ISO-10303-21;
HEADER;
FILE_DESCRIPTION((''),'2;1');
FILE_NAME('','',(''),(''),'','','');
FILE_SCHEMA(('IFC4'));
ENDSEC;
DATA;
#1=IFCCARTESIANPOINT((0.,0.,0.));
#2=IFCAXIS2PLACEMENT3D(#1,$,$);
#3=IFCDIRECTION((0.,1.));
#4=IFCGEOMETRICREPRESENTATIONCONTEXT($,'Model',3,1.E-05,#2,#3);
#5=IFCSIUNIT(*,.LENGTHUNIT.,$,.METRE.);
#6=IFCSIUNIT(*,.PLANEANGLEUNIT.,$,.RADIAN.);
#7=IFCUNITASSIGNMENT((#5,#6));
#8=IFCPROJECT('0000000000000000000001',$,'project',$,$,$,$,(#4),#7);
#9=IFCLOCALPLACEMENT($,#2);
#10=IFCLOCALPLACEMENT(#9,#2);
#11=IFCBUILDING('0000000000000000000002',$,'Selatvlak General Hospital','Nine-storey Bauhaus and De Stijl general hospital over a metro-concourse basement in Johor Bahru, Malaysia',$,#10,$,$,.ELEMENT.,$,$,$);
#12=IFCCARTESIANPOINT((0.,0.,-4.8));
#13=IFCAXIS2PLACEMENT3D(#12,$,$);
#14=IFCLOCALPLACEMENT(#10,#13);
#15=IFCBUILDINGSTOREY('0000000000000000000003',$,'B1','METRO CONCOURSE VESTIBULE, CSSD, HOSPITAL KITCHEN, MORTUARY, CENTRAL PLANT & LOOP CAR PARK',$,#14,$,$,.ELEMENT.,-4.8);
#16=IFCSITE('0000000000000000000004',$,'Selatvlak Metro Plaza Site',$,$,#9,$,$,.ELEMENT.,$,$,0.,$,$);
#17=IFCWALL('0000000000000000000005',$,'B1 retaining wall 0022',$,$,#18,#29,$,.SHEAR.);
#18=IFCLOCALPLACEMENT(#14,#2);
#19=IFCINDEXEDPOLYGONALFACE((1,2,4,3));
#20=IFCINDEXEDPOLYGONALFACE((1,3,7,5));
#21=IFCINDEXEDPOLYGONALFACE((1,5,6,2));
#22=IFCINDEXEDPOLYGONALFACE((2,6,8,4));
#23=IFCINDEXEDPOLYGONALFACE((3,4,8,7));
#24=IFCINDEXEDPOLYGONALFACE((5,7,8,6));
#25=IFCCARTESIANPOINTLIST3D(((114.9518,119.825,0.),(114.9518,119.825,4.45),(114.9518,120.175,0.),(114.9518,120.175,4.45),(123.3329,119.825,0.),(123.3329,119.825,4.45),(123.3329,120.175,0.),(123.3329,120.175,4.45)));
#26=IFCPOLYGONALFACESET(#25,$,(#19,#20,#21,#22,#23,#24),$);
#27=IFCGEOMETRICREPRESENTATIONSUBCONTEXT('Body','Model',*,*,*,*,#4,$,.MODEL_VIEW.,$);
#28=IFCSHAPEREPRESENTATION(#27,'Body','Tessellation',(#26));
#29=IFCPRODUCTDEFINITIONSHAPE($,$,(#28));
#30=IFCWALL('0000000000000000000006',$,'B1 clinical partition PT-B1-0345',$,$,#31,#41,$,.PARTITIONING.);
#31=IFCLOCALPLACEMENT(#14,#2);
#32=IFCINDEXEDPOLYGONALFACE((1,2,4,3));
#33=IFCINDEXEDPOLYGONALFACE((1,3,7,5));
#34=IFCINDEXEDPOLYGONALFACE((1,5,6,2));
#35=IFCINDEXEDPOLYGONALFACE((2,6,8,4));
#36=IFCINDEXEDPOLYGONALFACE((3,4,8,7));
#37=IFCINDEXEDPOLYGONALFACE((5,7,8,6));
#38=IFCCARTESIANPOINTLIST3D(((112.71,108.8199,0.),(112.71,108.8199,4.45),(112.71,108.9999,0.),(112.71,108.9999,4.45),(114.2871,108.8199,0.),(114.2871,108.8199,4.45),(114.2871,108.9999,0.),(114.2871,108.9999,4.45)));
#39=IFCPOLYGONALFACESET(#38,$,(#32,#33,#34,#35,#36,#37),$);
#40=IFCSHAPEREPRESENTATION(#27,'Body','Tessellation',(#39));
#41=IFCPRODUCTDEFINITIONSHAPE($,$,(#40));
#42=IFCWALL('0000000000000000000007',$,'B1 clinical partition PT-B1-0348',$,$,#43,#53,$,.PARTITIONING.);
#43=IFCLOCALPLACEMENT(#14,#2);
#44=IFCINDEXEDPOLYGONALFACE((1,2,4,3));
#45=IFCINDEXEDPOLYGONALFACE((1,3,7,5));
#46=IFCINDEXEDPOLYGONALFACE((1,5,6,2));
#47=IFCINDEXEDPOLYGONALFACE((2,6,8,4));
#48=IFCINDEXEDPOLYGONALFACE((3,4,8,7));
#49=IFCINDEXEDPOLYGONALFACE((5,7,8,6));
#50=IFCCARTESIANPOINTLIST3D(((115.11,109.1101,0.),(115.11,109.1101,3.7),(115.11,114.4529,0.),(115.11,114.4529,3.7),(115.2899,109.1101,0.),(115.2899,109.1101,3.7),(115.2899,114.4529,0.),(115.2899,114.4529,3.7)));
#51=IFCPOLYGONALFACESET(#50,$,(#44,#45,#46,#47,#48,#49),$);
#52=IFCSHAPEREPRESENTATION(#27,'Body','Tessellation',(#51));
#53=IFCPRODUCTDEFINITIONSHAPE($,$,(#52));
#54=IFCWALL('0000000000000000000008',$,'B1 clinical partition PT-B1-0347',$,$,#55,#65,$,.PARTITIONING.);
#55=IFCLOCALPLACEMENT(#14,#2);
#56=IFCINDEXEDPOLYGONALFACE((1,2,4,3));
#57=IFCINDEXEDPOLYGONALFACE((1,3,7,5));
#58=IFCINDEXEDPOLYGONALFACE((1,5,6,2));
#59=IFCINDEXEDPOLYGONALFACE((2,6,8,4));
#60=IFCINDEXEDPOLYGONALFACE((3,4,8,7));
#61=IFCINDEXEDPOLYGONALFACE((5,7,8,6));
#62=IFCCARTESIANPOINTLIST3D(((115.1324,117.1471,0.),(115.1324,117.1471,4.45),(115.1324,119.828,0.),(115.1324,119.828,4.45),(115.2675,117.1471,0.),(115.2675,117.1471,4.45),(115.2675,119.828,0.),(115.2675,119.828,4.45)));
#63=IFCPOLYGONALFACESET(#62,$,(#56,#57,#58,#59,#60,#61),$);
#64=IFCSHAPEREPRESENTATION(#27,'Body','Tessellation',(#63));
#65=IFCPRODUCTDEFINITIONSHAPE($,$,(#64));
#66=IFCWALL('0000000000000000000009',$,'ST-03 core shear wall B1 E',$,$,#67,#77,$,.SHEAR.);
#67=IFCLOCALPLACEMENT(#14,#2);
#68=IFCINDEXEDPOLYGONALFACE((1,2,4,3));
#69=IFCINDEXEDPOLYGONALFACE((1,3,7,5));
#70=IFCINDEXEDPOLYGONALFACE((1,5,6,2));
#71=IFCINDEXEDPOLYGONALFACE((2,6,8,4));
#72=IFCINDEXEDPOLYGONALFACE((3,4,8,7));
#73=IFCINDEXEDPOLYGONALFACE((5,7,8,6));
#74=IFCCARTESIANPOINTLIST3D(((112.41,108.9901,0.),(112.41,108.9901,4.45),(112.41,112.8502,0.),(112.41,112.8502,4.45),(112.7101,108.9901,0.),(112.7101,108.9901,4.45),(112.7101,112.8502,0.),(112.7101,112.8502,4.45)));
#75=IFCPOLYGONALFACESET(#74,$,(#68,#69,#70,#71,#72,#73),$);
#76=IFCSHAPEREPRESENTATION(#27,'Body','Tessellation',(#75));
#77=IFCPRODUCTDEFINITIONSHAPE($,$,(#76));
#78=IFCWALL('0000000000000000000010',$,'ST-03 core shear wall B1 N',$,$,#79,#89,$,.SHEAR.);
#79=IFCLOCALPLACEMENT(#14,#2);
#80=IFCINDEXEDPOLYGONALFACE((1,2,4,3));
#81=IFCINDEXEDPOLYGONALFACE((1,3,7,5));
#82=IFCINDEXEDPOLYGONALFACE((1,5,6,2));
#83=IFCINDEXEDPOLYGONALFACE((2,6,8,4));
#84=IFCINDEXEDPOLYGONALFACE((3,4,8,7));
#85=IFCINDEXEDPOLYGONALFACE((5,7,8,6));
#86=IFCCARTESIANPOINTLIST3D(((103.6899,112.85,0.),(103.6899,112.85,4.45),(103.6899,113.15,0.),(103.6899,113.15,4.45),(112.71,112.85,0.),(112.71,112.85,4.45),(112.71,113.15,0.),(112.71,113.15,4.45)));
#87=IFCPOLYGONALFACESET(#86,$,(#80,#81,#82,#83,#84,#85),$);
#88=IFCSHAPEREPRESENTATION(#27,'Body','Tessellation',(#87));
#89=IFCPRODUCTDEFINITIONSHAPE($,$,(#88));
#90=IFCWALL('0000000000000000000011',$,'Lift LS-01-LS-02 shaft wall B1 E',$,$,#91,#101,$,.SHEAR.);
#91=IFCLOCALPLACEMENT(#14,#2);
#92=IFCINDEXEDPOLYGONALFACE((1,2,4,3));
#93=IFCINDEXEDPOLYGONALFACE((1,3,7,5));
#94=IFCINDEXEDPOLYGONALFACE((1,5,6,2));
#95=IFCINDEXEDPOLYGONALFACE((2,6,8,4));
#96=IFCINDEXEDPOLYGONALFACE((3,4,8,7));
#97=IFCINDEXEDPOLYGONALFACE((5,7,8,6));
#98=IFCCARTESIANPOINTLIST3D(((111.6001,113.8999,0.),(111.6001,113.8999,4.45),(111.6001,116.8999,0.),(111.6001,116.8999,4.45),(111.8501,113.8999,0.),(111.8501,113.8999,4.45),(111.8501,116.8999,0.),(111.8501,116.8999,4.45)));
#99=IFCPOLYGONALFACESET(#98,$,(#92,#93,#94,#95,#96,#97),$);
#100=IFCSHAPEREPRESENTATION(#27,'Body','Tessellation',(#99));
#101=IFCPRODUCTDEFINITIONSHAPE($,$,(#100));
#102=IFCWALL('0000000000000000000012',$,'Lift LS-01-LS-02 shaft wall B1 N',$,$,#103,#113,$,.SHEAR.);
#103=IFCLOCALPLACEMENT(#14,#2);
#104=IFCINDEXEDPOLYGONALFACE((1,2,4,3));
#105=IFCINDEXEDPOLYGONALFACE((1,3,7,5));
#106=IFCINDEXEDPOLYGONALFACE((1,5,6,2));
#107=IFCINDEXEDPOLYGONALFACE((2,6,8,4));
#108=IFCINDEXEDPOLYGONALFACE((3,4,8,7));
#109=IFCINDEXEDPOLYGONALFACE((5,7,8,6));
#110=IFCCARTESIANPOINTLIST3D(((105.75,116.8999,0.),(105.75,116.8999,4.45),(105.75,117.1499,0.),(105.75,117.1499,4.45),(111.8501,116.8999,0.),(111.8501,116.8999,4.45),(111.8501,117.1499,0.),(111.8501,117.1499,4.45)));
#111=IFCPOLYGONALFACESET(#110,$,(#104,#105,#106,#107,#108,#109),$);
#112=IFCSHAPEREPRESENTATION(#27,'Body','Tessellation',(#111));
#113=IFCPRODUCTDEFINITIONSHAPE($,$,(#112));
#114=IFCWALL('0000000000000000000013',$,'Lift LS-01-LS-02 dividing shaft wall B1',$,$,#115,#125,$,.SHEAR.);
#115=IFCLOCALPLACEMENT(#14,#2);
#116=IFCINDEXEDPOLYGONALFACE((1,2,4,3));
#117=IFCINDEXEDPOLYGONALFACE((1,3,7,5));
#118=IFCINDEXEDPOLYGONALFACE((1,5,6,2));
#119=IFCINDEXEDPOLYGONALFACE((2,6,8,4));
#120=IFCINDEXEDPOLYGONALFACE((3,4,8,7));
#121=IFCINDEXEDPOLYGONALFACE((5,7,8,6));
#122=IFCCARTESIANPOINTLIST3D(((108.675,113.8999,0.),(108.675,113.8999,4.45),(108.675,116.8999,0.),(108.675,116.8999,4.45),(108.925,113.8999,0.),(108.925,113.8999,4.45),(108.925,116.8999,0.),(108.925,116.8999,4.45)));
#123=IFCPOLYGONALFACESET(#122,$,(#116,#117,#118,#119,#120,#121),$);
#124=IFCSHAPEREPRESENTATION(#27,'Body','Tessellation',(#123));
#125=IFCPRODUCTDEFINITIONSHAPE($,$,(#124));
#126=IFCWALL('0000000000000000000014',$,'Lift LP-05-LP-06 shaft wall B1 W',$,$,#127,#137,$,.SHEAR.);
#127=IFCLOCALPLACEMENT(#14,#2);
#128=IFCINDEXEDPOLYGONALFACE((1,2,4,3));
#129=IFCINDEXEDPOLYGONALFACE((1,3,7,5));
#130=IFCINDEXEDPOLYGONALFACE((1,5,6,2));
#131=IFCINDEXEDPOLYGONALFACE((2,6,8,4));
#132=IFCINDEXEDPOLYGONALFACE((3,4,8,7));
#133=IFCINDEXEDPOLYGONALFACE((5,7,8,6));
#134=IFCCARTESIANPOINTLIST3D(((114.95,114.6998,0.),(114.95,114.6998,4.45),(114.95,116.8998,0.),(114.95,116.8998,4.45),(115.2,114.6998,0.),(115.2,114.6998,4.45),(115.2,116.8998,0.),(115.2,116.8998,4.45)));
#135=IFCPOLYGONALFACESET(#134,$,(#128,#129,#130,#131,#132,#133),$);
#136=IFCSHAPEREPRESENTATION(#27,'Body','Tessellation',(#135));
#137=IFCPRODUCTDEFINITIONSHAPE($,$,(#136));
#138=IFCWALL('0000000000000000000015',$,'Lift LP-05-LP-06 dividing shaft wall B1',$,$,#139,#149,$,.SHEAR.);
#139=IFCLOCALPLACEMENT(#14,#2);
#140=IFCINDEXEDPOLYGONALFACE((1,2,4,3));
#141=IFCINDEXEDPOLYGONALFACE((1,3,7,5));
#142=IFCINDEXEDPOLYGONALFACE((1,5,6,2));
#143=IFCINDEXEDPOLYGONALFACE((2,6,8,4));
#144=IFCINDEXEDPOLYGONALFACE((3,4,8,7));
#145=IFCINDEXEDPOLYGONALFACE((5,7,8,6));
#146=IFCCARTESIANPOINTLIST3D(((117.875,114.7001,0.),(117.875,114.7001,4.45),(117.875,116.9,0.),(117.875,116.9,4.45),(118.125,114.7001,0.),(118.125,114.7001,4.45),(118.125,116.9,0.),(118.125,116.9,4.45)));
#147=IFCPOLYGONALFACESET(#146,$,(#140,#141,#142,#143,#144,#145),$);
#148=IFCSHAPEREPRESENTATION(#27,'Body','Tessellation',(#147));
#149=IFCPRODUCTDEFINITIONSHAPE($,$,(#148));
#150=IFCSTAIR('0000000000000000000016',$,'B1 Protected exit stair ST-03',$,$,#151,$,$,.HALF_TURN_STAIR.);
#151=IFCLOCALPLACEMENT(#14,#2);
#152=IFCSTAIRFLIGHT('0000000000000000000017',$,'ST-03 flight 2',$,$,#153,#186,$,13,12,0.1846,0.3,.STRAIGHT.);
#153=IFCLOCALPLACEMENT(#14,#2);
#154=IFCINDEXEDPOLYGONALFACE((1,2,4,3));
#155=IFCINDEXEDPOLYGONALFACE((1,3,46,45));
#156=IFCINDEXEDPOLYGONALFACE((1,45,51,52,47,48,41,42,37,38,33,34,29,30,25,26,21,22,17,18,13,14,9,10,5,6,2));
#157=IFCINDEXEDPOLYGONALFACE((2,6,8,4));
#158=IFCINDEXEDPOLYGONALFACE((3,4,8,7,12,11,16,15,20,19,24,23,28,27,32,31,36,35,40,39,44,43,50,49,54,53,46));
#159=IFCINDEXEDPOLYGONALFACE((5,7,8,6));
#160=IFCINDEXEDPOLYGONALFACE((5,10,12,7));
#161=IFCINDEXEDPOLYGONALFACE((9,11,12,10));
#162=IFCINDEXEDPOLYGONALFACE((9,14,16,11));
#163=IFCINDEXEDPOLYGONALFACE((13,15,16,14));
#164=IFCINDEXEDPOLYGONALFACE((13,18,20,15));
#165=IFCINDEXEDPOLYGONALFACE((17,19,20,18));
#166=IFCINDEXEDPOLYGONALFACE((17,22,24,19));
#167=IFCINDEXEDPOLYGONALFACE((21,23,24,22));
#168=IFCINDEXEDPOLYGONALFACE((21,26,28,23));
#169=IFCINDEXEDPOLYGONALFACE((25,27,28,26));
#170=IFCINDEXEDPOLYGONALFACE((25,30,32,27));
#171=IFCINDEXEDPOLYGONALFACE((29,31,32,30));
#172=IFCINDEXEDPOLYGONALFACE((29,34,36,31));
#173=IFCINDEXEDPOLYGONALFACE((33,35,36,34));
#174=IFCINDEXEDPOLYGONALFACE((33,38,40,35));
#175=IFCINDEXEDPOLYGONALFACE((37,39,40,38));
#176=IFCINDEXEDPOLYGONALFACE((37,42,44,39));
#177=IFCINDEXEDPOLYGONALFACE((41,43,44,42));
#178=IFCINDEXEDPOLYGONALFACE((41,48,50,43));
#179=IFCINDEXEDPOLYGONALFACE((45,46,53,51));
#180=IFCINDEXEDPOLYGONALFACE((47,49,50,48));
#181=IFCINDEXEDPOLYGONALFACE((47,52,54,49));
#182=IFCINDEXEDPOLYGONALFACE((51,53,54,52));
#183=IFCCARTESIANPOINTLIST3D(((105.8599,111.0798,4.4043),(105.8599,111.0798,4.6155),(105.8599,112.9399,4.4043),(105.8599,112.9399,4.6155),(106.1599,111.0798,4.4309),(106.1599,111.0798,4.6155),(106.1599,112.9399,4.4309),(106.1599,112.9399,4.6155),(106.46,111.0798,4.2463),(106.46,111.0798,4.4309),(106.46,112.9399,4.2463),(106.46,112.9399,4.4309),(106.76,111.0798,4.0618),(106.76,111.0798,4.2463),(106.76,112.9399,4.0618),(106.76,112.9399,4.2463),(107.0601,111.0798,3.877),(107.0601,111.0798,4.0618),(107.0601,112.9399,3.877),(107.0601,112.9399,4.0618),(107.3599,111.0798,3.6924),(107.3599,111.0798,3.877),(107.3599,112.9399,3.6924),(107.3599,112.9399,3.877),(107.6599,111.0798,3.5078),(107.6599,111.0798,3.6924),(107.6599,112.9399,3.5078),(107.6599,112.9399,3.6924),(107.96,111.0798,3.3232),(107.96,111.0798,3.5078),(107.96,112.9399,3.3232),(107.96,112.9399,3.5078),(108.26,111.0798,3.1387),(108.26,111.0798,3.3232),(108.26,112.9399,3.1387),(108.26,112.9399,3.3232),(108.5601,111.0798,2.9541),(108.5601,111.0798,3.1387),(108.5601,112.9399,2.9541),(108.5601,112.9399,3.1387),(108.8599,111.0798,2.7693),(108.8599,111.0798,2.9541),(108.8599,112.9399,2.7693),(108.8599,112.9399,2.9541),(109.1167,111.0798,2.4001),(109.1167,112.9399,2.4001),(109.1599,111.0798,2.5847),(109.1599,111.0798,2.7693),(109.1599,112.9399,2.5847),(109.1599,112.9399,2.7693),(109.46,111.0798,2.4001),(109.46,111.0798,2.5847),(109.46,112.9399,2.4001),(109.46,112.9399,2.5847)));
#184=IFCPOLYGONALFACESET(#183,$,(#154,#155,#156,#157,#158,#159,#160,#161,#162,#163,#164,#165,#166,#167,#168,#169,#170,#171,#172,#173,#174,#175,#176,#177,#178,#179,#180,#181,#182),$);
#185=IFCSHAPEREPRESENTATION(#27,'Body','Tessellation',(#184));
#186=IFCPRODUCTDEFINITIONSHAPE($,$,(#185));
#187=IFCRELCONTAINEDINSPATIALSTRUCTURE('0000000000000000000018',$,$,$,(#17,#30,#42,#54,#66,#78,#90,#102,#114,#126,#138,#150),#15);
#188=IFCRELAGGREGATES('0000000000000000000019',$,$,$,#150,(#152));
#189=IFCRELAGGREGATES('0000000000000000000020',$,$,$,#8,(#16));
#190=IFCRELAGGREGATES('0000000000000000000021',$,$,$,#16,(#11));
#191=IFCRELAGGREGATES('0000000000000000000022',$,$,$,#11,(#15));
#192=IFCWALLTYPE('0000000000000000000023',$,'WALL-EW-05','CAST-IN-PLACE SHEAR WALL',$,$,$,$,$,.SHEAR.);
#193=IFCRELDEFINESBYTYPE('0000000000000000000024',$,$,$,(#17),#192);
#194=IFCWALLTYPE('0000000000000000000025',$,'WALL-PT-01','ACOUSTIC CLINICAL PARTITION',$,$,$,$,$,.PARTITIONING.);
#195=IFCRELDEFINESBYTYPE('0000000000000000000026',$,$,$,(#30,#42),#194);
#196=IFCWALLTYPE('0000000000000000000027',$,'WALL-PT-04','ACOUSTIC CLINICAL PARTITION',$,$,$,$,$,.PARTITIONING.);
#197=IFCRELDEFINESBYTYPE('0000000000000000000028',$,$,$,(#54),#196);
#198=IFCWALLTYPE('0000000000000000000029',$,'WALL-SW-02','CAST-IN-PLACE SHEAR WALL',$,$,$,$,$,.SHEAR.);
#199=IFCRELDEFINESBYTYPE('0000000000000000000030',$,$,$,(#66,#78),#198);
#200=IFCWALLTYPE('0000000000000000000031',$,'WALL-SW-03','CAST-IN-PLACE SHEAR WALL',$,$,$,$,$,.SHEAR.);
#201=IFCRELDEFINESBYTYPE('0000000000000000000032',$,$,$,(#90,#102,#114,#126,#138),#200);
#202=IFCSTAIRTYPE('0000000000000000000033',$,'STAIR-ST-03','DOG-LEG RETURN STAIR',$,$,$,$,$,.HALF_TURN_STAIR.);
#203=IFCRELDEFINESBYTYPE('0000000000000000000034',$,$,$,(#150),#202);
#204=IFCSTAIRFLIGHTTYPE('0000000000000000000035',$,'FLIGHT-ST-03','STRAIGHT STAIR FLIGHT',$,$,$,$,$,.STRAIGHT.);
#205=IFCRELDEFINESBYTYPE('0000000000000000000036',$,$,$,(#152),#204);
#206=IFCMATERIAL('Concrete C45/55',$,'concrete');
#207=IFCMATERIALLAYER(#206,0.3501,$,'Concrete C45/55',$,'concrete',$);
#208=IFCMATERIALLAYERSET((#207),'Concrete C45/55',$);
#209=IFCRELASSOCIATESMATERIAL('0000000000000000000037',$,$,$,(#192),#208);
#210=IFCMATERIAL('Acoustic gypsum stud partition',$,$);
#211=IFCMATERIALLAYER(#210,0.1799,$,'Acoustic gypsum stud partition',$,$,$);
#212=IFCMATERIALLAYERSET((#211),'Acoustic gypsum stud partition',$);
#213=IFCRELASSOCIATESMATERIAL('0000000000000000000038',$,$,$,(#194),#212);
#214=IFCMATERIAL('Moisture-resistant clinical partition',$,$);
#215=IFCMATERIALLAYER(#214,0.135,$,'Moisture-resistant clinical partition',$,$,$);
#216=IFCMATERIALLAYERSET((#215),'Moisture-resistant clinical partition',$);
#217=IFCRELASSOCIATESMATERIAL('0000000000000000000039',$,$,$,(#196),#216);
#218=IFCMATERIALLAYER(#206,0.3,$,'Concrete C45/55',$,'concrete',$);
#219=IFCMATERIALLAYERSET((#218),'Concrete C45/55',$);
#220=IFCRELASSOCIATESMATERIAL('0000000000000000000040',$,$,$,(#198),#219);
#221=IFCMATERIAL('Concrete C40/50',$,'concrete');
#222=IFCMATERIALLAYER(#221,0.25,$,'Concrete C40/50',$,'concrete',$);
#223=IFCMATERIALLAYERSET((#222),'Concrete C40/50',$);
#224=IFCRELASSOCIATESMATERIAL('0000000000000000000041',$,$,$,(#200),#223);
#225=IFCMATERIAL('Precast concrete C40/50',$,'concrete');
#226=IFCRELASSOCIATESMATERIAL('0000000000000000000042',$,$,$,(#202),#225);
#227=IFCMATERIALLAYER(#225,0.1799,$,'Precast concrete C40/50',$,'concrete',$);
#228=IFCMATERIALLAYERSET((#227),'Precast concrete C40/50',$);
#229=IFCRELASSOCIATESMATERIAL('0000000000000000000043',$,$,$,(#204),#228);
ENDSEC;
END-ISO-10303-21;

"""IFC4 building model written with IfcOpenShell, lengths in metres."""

from ifc_helpers import new_model, si_unit, direction, frame, frame_2d, origin, place, context, subcontext, project, spatial, polyline, rectangle, outline, extrude, material, layer, layer_set, type_object, element, aggregate, save


model = new_model("IFC4")

# Units and contexts
model_context = context("Model", 3, precision=1e-05, world=origin(), true_north=direction((0.0, 1.0)))
body_context = subcontext(model_context, "Body", "Model", "MODEL_VIEW")
ifc_project = project(units=[si_unit("LENGTHUNIT", "METRE"), si_unit("PLANEANGLEUNIT", "RADIAN")], contexts=[model_context])

# Site, building, storey
site_placement = place(None, origin())
site = spatial("IfcSite", under=ifc_project, at=site_placement, Name="Selatvlak Metro Plaza Site", CompositionType="ELEMENT", RefElevation=0.0)
building_placement = place(site_placement, origin())
building = spatial("IfcBuilding", under=site, at=building_placement, Name="Selatvlak General Hospital", Description="Nine-storey Bauhaus and De Stijl general hospital over a metro-concourse basement in Johor Bahru, Malaysia", CompositionType="ELEMENT")
storey_placement = place(building_placement, frame((0.0, 0.0, -4.8)))
storey = spatial("IfcBuildingStorey", under=building, at=storey_placement, Name="B1", Description="METRO CONCOURSE VESTIBULE, CSSD, HOSPITAL KITCHEN, MORTUARY, CENTRAL PLANT & LOOP CAR PARK", CompositionType="ELEMENT", Elevation=-4.8)

# Shared definitions
ifc_material_1 = material(Name="Concrete C40/50", Category="concrete")

# Walls
ifc_material_2 = material(Name="Concrete C45/55", Category="concrete")
ifc_layer_1 = layer(ifc_material_2, 0.3501, Name="Concrete C45/55", Category="concrete")
ifc_layer_set_1 = layer_set([ifc_layer_1], Name="Concrete C45/55")
wall_type_1 = type_object("IfcWallType", Name="WALL-EW-05", Description="CAST-IN-PLACE SHEAR WALL", PredefinedType="SHEAR", material=ifc_layer_set_1)
wall_1_placement = place(storey_placement, frame((114.9519, 120.0, 0.0), z_axis=(0.0, 0.0, 1.0), x_axis=(1.0, 0.0, 0.0)))
element("IfcWall", 1, at=wall_1_placement, inside=storey, type_object=wall_type_1, Name="B1 retaining wall 0022", PredefinedType="SHEAR", context=body_context, shape_type="SweptSolid", body=[
    extrude(rectangle(XDim=8.3811, YDim=0.3501, at=frame_2d((4.1904, 0.0))), origin(), (0.0, 0.0, 1.0), 4.45),
])
ifc_material_3 = material(Name="Acoustic gypsum stud partition")
ifc_layer_2 = layer(ifc_material_3, 0.1799, Name="Acoustic gypsum stud partition")
ifc_layer_set_2 = layer_set([ifc_layer_2], Name="Acoustic gypsum stud partition")
wall_type_2 = type_object("IfcWallType", Name="WALL-PT-01", Description="ACOUSTIC CLINICAL PARTITION", PredefinedType="PARTITIONING", material=ifc_layer_set_2)
wall_2_placement = place(storey_placement, frame((114.2871, 108.9099, 0.0), z_axis=(0.0, 0.0, 1.0), x_axis=(-1.0, 0.0, 0.0)))
element("IfcWall", 2, at=wall_2_placement, inside=storey, type_object=wall_type_2, Name="B1 clinical partition PT-B1-0345", PredefinedType="PARTITIONING", context=body_context, shape_type="SweptSolid", body=[
    extrude(rectangle(XDim=1.5771, YDim=0.1799, at=frame_2d((0.7886, 0.0))), origin(), (0.0, 0.0, 1.0), 4.45),
])
wall_3_placement = place(storey_placement, frame((115.2, 114.4529, 0.0), z_axis=(0.0, 0.0, 1.0), x_axis=(0.0, -1.0, 0.0)))
element("IfcWall", 3, at=wall_3_placement, inside=storey, type_object=wall_type_2, Name="B1 clinical partition PT-B1-0348", PredefinedType="PARTITIONING", context=body_context, shape_type="SweptSolid", body=[
    extrude(rectangle(XDim=5.3428, YDim=0.1799, at=frame_2d((2.6714, 0.0))), origin(), (0.0, 0.0, 1.0), 3.7),
])
ifc_material_4 = material(Name="Moisture-resistant clinical partition")
ifc_layer_3 = layer(ifc_material_4, 0.135, Name="Moisture-resistant clinical partition")
ifc_layer_set_3 = layer_set([ifc_layer_3], Name="Moisture-resistant clinical partition")
wall_type_3 = type_object("IfcWallType", Name="WALL-PT-04", Description="ACOUSTIC CLINICAL PARTITION", PredefinedType="PARTITIONING", material=ifc_layer_set_3)
wall_4_placement = place(storey_placement, frame((115.2, 119.8279, 0.0), z_axis=(0.0, 0.0, 1.0), x_axis=(0.0, -1.0, 0.0)))
element("IfcWall", 4, at=wall_4_placement, inside=storey, type_object=wall_type_3, Name="B1 clinical partition PT-B1-0347", PredefinedType="PARTITIONING", context=body_context, shape_type="SweptSolid", body=[
    extrude(rectangle(XDim=2.6809, YDim=0.135, at=frame_2d((1.3403, 0.0))), origin(), (0.0, 0.0, 1.0), 4.45),
])
ifc_layer_4 = layer(ifc_material_2, 0.3, Name="Concrete C45/55", Category="concrete")
ifc_layer_set_4 = layer_set([ifc_layer_4], Name="Concrete C45/55")
wall_type_4 = type_object("IfcWallType", Name="WALL-SW-02", Description="CAST-IN-PLACE SHEAR WALL", PredefinedType="SHEAR", material=ifc_layer_set_4)
wall_5_placement = place(storey_placement, frame((112.5601, 108.99, 0.0), z_axis=(0.0, 0.0, 1.0), x_axis=(0.0, 1.0, 0.0)))
element("IfcWall", 5, at=wall_5_placement, inside=storey, type_object=wall_type_4, Name="ST-03 core shear wall B1 E", PredefinedType="SHEAR", context=body_context, shape_type="SweptSolid", body=[
    extrude(rectangle(XDim=3.8601, YDim=0.3, at=frame_2d((1.9302, 0.0))), origin(), (0.0, 0.0, 1.0), 4.45),
])
wall_6_placement = place(storey_placement, frame((112.71, 113.0, 0.0), z_axis=(0.0, 0.0, 1.0), x_axis=(-1.0, 0.0, 0.0)))
element("IfcWall", 6, at=wall_6_placement, inside=storey, type_object=wall_type_4, Name="ST-03 core shear wall B1 N", PredefinedType="SHEAR", context=body_context, shape_type="SweptSolid", body=[
    extrude(rectangle(XDim=9.02, YDim=0.3, at=frame_2d((4.51, 0.0))), origin(), (0.0, 0.0, 1.0), 4.45),
])
ifc_layer_5 = layer(ifc_material_1, 0.25, Name="Concrete C40/50", Category="concrete")
ifc_layer_set_5 = layer_set([ifc_layer_5], Name="Concrete C40/50")
wall_type_5 = type_object("IfcWallType", Name="WALL-SW-03", Description="CAST-IN-PLACE SHEAR WALL", PredefinedType="SHEAR", material=ifc_layer_set_5)
wall_7_placement = place(storey_placement, frame((111.7251, 113.8999, 0.0), z_axis=(0.0, 0.0, 1.0), x_axis=(0.0, 1.0, 0.0)))
element("IfcWall", 7, at=wall_7_placement, inside=storey, type_object=wall_type_5, Name="Lift LS-01-LS-02 shaft wall B1 E", PredefinedType="SHEAR", context=body_context, shape_type="SweptSolid", body=[
    extrude(rectangle(XDim=3.0, YDim=0.25, at=frame_2d((1.5, 0.0))), origin(), (0.0, 0.0, 1.0), 4.45),
])
wall_8_placement = place(storey_placement, frame((111.8501, 117.0249, 0.0), z_axis=(0.0, 0.0, 1.0), x_axis=(-1.0, 0.0, 0.0)))
element("IfcWall", 8, at=wall_8_placement, inside=storey, type_object=wall_type_5, Name="Lift LS-01-LS-02 shaft wall B1 N", PredefinedType="SHEAR", context=body_context, shape_type="SweptSolid", body=[
    extrude(rectangle(XDim=6.1001, YDim=0.25, at=frame_2d((3.05, 0.0))), origin(), (0.0, 0.0, 1.0), 4.45),
])
wall_9_placement = place(storey_placement, frame((108.8, 113.8999, 0.0), z_axis=(0.0, 0.0, 1.0), x_axis=(0.0, 1.0, 0.0)))
element("IfcWall", 9, at=wall_9_placement, inside=storey, type_object=wall_type_5, Name="Lift LS-01-LS-02 dividing shaft wall B1", PredefinedType="SHEAR", context=body_context, shape_type="SweptSolid", body=[
    extrude(rectangle(XDim=3.0, YDim=0.25, at=frame_2d((1.5, 0.0))), origin(), (0.0, 0.0, 1.0), 4.45),
])

# Walls
for number, where, z_axis, x_axis, name in (
    (10, (115.075, 116.8999, 0.0), (0.0, 0.0, 1.0), (0.0, -1.0, 0.0), "Lift LP-05-LP-06 shaft wall B1 W"),
    (11, (118.0, 114.7, 0.0), (0.0, 0.0, 1.0), (0.0, 1.0, 0.0), "Lift LP-05-LP-06 dividing shaft wall B1"),
):
    element("IfcWall", number, at=place(storey_placement, frame(where, z_axis=z_axis, x_axis=x_axis)), inside=storey, type_object=wall_type_5, Name=name, PredefinedType="SHEAR", context=body_context, shape_type="SweptSolid", body=[
        extrude(rectangle(XDim=2.2, YDim=0.25, at=frame_2d((1.1001, 0.0))), origin(), (0.0, 0.0, 1.0), 4.45),
    ])

# Stair, stair flight
ifc_material_5 = material(Name="Precast concrete C40/50", Category="concrete")
stair_type = type_object("IfcStairType", Name="STAIR-ST-03", Description="DOG-LEG RETURN STAIR", PredefinedType="HALF_TURN_STAIR", material=ifc_material_5)
stair_placement = place(storey_placement, origin())
stair = element("IfcStair", 12, at=stair_placement, inside=storey, type_object=stair_type, Name="B1 Protected exit stair ST-03", PredefinedType="HALF_TURN_STAIR")
ifc_layer_6 = layer(ifc_material_5, 0.1799, Name="Precast concrete C40/50", Category="concrete")
ifc_layer_set_6 = layer_set([ifc_layer_6], Name="Precast concrete C40/50")
stair_flight_type = type_object("IfcStairFlightType", Name="FLIGHT-ST-03", Description="STRAIGHT STAIR FLIGHT", PredefinedType="STRAIGHT", material=ifc_layer_set_6)
stair_flight_placement = place(storey_placement, frame((109.46, 112.01, 2.4001), z_axis=(0.0, 0.0, 1.0), x_axis=(-1.0, 0.0, 0.0)))
stair_flight = element("IfcStairFlight", 13, at=stair_flight_placement, type_object=stair_flight_type, Name="ST-03 flight 2", NumberOfRisers=13, NumberOfTreads=12, PredefinedType="STRAIGHT", RiserHeight=0.1846, TreadLength=0.3, context=body_context, shape_type="SweptSolid", body=[
    extrude(outline(polyline([(0.0, 0.0), (0.0, 0.1846), (0.3, 0.1846), (0.3, 0.3691), (0.6001, 0.3691), (0.6001, 0.554), (0.8999, 0.554), (0.8999, 0.7385), (1.2, 0.7385), (1.2, 0.9231), (1.5, 0.9231), (1.5, 1.1077), (1.8, 1.1077), (1.8, 1.2922), (2.1001, 1.2922), (2.1001, 1.4768), (2.3999, 1.4768), (2.3999, 1.6616), (2.7, 1.6616), (2.7, 1.8462), (3.0, 1.8462), (3.0, 2.0308), (3.3, 2.0308), (3.3, 2.2153), (3.6001, 2.2153), (3.6001, 2.3999), (3.6001, 2.0042), (0.3433, 0.0), (0.0, 0.0)])), frame((0.0, 0.9302, 0.0), z_axis=(0.0, -1.0, 0.0), x_axis=(1.0, 0.0, 0.0)), (0.0, 0.0, 1.0), 1.8601),
])
aggregate(stair, [stair_flight])

save(model, "model.ifc")
